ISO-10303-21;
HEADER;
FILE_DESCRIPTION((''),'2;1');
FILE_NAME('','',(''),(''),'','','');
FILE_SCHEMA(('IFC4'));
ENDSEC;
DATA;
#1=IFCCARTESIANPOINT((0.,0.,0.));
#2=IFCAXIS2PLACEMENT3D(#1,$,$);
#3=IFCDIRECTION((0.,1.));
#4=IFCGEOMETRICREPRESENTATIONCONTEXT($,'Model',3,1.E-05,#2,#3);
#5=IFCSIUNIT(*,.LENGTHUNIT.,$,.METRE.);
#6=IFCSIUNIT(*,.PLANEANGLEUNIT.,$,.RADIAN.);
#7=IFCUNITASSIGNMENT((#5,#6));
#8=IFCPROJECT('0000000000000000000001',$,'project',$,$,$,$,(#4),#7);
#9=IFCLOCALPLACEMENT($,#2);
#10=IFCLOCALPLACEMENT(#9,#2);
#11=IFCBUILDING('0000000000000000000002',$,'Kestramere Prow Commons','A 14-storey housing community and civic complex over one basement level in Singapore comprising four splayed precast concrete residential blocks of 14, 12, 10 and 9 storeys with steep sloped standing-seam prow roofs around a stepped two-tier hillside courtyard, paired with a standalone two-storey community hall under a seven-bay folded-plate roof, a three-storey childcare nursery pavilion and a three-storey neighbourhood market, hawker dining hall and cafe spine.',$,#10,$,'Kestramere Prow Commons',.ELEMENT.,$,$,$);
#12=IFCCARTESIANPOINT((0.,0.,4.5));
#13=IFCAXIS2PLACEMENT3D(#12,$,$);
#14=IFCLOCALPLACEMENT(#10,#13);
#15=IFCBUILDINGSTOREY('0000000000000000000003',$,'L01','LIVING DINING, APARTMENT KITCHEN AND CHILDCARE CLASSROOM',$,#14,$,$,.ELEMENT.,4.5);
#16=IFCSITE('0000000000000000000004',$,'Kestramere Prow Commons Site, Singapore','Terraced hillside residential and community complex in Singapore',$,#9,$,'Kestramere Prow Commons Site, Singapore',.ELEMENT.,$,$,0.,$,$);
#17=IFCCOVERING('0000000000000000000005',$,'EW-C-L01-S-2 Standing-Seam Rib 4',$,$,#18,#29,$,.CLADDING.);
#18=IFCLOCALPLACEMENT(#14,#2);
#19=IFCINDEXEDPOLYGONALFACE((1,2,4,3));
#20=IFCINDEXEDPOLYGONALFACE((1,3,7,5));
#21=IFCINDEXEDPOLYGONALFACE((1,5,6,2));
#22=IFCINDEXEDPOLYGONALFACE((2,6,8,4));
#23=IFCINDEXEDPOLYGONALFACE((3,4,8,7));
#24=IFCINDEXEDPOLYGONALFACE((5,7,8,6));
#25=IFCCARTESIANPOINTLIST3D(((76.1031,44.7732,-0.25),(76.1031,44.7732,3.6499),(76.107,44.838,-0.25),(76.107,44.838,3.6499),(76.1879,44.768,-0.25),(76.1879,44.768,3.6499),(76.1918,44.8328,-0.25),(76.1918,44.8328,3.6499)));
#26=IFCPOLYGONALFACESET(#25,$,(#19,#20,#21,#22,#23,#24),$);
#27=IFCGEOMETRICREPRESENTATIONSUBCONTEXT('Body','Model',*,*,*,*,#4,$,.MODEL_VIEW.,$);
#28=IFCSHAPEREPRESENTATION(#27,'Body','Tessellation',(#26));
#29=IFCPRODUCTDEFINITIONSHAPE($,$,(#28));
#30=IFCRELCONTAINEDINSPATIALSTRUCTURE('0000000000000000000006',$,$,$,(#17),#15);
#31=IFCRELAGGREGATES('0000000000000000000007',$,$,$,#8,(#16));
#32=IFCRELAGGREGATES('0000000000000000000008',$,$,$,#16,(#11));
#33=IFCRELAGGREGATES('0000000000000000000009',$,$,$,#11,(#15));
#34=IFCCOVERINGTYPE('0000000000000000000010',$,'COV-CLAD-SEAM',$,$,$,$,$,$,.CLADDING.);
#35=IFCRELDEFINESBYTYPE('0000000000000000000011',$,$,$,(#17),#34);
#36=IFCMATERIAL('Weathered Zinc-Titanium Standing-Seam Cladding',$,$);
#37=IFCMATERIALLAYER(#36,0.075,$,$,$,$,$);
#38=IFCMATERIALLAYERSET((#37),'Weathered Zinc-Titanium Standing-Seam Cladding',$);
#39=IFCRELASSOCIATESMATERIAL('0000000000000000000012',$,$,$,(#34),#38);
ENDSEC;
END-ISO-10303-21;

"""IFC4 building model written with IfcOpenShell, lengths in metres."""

from ifc_helpers import new_model, si_unit, direction, frame, origin, origin_2d, place, context, subcontext, project, spatial, rectangle, extrude, material, layer, layer_set, type_object, element, save


model = new_model("IFC4")

# Units and contexts
model_context = context("Model", 3, precision=1e-05, world=origin(), true_north=direction((0.0, 1.0)))
body_context = subcontext(model_context, "Body", "Model", "MODEL_VIEW")
ifc_project = project(units=[si_unit("LENGTHUNIT", "METRE"), si_unit("PLANEANGLEUNIT", "RADIAN")], contexts=[model_context])

# Site, building, storey
site_placement = place(None, origin())
site = spatial("IfcSite", under=ifc_project, at=site_placement, Name="Kestramere Prow Commons Site, Singapore", Description="Terraced hillside residential and community complex in Singapore", LongName="Kestramere Prow Commons Site, Singapore", CompositionType="ELEMENT", RefElevation=0.0)
building_placement = place(site_placement, origin())
building = spatial("IfcBuilding", under=site, at=building_placement, Name="Kestramere Prow Commons", Description="A 14-storey housing community and civic complex over one basement level in Singapore comprising four splayed precast concrete residential blocks of 14, 12, 10 and 9 storeys with steep sloped standing-seam prow roofs around a stepped two-tier hillside courtyard, paired with a standalone two-storey community hall under a seven-bay folded-plate roof, a three-storey childcare nursery pavilion and a three-storey neighbourhood market, hawker dining hall and cafe spine.", LongName="Kestramere Prow Commons", CompositionType="ELEMENT")
storey_placement = place(building_placement, frame((0.0, 0.0, 4.5)))
storey = spatial("IfcBuildingStorey", under=building, at=storey_placement, Name="L01", Description="LIVING DINING, APARTMENT KITCHEN AND CHILDCARE CLASSROOM", CompositionType="ELEMENT", Elevation=4.5)

# Covering
ifc_material_1 = material(Name="Weathered Zinc-Titanium Standing-Seam Cladding")
ifc_layer_1 = layer(ifc_material_1, 0.075)
ifc_layer_set_1 = layer_set([ifc_layer_1], Name="Weathered Zinc-Titanium Standing-Seam Cladding")
covering_type = type_object("IfcCoveringType", Name="COV-CLAD-SEAM", PredefinedType="CLADDING", material=ifc_layer_set_1)
for number, where, z_axis, x_axis, name in (
    (1, (76.1475, 44.803, -0.25), (0.0, 0.0, 1.0), (-0.998135, 0.061049, 0.0), "EW-C-L01-S-2 Standing-Seam Rib 4"),
):
    element("IfcCovering", number, at=place(storey_placement, frame(where, z_axis=z_axis, x_axis=x_axis)), inside=storey, type_object=covering_type, Name=name, PredefinedType="CLADDING", context=body_context, shape_type="SweptSolid", body=[
        extrude(rectangle(XDim=0.085, YDim=0.0649, at=origin_2d()), origin(), (0.0, 0.0, 1.0), 3.8999),
    ])

save(model, "model.ifc")
